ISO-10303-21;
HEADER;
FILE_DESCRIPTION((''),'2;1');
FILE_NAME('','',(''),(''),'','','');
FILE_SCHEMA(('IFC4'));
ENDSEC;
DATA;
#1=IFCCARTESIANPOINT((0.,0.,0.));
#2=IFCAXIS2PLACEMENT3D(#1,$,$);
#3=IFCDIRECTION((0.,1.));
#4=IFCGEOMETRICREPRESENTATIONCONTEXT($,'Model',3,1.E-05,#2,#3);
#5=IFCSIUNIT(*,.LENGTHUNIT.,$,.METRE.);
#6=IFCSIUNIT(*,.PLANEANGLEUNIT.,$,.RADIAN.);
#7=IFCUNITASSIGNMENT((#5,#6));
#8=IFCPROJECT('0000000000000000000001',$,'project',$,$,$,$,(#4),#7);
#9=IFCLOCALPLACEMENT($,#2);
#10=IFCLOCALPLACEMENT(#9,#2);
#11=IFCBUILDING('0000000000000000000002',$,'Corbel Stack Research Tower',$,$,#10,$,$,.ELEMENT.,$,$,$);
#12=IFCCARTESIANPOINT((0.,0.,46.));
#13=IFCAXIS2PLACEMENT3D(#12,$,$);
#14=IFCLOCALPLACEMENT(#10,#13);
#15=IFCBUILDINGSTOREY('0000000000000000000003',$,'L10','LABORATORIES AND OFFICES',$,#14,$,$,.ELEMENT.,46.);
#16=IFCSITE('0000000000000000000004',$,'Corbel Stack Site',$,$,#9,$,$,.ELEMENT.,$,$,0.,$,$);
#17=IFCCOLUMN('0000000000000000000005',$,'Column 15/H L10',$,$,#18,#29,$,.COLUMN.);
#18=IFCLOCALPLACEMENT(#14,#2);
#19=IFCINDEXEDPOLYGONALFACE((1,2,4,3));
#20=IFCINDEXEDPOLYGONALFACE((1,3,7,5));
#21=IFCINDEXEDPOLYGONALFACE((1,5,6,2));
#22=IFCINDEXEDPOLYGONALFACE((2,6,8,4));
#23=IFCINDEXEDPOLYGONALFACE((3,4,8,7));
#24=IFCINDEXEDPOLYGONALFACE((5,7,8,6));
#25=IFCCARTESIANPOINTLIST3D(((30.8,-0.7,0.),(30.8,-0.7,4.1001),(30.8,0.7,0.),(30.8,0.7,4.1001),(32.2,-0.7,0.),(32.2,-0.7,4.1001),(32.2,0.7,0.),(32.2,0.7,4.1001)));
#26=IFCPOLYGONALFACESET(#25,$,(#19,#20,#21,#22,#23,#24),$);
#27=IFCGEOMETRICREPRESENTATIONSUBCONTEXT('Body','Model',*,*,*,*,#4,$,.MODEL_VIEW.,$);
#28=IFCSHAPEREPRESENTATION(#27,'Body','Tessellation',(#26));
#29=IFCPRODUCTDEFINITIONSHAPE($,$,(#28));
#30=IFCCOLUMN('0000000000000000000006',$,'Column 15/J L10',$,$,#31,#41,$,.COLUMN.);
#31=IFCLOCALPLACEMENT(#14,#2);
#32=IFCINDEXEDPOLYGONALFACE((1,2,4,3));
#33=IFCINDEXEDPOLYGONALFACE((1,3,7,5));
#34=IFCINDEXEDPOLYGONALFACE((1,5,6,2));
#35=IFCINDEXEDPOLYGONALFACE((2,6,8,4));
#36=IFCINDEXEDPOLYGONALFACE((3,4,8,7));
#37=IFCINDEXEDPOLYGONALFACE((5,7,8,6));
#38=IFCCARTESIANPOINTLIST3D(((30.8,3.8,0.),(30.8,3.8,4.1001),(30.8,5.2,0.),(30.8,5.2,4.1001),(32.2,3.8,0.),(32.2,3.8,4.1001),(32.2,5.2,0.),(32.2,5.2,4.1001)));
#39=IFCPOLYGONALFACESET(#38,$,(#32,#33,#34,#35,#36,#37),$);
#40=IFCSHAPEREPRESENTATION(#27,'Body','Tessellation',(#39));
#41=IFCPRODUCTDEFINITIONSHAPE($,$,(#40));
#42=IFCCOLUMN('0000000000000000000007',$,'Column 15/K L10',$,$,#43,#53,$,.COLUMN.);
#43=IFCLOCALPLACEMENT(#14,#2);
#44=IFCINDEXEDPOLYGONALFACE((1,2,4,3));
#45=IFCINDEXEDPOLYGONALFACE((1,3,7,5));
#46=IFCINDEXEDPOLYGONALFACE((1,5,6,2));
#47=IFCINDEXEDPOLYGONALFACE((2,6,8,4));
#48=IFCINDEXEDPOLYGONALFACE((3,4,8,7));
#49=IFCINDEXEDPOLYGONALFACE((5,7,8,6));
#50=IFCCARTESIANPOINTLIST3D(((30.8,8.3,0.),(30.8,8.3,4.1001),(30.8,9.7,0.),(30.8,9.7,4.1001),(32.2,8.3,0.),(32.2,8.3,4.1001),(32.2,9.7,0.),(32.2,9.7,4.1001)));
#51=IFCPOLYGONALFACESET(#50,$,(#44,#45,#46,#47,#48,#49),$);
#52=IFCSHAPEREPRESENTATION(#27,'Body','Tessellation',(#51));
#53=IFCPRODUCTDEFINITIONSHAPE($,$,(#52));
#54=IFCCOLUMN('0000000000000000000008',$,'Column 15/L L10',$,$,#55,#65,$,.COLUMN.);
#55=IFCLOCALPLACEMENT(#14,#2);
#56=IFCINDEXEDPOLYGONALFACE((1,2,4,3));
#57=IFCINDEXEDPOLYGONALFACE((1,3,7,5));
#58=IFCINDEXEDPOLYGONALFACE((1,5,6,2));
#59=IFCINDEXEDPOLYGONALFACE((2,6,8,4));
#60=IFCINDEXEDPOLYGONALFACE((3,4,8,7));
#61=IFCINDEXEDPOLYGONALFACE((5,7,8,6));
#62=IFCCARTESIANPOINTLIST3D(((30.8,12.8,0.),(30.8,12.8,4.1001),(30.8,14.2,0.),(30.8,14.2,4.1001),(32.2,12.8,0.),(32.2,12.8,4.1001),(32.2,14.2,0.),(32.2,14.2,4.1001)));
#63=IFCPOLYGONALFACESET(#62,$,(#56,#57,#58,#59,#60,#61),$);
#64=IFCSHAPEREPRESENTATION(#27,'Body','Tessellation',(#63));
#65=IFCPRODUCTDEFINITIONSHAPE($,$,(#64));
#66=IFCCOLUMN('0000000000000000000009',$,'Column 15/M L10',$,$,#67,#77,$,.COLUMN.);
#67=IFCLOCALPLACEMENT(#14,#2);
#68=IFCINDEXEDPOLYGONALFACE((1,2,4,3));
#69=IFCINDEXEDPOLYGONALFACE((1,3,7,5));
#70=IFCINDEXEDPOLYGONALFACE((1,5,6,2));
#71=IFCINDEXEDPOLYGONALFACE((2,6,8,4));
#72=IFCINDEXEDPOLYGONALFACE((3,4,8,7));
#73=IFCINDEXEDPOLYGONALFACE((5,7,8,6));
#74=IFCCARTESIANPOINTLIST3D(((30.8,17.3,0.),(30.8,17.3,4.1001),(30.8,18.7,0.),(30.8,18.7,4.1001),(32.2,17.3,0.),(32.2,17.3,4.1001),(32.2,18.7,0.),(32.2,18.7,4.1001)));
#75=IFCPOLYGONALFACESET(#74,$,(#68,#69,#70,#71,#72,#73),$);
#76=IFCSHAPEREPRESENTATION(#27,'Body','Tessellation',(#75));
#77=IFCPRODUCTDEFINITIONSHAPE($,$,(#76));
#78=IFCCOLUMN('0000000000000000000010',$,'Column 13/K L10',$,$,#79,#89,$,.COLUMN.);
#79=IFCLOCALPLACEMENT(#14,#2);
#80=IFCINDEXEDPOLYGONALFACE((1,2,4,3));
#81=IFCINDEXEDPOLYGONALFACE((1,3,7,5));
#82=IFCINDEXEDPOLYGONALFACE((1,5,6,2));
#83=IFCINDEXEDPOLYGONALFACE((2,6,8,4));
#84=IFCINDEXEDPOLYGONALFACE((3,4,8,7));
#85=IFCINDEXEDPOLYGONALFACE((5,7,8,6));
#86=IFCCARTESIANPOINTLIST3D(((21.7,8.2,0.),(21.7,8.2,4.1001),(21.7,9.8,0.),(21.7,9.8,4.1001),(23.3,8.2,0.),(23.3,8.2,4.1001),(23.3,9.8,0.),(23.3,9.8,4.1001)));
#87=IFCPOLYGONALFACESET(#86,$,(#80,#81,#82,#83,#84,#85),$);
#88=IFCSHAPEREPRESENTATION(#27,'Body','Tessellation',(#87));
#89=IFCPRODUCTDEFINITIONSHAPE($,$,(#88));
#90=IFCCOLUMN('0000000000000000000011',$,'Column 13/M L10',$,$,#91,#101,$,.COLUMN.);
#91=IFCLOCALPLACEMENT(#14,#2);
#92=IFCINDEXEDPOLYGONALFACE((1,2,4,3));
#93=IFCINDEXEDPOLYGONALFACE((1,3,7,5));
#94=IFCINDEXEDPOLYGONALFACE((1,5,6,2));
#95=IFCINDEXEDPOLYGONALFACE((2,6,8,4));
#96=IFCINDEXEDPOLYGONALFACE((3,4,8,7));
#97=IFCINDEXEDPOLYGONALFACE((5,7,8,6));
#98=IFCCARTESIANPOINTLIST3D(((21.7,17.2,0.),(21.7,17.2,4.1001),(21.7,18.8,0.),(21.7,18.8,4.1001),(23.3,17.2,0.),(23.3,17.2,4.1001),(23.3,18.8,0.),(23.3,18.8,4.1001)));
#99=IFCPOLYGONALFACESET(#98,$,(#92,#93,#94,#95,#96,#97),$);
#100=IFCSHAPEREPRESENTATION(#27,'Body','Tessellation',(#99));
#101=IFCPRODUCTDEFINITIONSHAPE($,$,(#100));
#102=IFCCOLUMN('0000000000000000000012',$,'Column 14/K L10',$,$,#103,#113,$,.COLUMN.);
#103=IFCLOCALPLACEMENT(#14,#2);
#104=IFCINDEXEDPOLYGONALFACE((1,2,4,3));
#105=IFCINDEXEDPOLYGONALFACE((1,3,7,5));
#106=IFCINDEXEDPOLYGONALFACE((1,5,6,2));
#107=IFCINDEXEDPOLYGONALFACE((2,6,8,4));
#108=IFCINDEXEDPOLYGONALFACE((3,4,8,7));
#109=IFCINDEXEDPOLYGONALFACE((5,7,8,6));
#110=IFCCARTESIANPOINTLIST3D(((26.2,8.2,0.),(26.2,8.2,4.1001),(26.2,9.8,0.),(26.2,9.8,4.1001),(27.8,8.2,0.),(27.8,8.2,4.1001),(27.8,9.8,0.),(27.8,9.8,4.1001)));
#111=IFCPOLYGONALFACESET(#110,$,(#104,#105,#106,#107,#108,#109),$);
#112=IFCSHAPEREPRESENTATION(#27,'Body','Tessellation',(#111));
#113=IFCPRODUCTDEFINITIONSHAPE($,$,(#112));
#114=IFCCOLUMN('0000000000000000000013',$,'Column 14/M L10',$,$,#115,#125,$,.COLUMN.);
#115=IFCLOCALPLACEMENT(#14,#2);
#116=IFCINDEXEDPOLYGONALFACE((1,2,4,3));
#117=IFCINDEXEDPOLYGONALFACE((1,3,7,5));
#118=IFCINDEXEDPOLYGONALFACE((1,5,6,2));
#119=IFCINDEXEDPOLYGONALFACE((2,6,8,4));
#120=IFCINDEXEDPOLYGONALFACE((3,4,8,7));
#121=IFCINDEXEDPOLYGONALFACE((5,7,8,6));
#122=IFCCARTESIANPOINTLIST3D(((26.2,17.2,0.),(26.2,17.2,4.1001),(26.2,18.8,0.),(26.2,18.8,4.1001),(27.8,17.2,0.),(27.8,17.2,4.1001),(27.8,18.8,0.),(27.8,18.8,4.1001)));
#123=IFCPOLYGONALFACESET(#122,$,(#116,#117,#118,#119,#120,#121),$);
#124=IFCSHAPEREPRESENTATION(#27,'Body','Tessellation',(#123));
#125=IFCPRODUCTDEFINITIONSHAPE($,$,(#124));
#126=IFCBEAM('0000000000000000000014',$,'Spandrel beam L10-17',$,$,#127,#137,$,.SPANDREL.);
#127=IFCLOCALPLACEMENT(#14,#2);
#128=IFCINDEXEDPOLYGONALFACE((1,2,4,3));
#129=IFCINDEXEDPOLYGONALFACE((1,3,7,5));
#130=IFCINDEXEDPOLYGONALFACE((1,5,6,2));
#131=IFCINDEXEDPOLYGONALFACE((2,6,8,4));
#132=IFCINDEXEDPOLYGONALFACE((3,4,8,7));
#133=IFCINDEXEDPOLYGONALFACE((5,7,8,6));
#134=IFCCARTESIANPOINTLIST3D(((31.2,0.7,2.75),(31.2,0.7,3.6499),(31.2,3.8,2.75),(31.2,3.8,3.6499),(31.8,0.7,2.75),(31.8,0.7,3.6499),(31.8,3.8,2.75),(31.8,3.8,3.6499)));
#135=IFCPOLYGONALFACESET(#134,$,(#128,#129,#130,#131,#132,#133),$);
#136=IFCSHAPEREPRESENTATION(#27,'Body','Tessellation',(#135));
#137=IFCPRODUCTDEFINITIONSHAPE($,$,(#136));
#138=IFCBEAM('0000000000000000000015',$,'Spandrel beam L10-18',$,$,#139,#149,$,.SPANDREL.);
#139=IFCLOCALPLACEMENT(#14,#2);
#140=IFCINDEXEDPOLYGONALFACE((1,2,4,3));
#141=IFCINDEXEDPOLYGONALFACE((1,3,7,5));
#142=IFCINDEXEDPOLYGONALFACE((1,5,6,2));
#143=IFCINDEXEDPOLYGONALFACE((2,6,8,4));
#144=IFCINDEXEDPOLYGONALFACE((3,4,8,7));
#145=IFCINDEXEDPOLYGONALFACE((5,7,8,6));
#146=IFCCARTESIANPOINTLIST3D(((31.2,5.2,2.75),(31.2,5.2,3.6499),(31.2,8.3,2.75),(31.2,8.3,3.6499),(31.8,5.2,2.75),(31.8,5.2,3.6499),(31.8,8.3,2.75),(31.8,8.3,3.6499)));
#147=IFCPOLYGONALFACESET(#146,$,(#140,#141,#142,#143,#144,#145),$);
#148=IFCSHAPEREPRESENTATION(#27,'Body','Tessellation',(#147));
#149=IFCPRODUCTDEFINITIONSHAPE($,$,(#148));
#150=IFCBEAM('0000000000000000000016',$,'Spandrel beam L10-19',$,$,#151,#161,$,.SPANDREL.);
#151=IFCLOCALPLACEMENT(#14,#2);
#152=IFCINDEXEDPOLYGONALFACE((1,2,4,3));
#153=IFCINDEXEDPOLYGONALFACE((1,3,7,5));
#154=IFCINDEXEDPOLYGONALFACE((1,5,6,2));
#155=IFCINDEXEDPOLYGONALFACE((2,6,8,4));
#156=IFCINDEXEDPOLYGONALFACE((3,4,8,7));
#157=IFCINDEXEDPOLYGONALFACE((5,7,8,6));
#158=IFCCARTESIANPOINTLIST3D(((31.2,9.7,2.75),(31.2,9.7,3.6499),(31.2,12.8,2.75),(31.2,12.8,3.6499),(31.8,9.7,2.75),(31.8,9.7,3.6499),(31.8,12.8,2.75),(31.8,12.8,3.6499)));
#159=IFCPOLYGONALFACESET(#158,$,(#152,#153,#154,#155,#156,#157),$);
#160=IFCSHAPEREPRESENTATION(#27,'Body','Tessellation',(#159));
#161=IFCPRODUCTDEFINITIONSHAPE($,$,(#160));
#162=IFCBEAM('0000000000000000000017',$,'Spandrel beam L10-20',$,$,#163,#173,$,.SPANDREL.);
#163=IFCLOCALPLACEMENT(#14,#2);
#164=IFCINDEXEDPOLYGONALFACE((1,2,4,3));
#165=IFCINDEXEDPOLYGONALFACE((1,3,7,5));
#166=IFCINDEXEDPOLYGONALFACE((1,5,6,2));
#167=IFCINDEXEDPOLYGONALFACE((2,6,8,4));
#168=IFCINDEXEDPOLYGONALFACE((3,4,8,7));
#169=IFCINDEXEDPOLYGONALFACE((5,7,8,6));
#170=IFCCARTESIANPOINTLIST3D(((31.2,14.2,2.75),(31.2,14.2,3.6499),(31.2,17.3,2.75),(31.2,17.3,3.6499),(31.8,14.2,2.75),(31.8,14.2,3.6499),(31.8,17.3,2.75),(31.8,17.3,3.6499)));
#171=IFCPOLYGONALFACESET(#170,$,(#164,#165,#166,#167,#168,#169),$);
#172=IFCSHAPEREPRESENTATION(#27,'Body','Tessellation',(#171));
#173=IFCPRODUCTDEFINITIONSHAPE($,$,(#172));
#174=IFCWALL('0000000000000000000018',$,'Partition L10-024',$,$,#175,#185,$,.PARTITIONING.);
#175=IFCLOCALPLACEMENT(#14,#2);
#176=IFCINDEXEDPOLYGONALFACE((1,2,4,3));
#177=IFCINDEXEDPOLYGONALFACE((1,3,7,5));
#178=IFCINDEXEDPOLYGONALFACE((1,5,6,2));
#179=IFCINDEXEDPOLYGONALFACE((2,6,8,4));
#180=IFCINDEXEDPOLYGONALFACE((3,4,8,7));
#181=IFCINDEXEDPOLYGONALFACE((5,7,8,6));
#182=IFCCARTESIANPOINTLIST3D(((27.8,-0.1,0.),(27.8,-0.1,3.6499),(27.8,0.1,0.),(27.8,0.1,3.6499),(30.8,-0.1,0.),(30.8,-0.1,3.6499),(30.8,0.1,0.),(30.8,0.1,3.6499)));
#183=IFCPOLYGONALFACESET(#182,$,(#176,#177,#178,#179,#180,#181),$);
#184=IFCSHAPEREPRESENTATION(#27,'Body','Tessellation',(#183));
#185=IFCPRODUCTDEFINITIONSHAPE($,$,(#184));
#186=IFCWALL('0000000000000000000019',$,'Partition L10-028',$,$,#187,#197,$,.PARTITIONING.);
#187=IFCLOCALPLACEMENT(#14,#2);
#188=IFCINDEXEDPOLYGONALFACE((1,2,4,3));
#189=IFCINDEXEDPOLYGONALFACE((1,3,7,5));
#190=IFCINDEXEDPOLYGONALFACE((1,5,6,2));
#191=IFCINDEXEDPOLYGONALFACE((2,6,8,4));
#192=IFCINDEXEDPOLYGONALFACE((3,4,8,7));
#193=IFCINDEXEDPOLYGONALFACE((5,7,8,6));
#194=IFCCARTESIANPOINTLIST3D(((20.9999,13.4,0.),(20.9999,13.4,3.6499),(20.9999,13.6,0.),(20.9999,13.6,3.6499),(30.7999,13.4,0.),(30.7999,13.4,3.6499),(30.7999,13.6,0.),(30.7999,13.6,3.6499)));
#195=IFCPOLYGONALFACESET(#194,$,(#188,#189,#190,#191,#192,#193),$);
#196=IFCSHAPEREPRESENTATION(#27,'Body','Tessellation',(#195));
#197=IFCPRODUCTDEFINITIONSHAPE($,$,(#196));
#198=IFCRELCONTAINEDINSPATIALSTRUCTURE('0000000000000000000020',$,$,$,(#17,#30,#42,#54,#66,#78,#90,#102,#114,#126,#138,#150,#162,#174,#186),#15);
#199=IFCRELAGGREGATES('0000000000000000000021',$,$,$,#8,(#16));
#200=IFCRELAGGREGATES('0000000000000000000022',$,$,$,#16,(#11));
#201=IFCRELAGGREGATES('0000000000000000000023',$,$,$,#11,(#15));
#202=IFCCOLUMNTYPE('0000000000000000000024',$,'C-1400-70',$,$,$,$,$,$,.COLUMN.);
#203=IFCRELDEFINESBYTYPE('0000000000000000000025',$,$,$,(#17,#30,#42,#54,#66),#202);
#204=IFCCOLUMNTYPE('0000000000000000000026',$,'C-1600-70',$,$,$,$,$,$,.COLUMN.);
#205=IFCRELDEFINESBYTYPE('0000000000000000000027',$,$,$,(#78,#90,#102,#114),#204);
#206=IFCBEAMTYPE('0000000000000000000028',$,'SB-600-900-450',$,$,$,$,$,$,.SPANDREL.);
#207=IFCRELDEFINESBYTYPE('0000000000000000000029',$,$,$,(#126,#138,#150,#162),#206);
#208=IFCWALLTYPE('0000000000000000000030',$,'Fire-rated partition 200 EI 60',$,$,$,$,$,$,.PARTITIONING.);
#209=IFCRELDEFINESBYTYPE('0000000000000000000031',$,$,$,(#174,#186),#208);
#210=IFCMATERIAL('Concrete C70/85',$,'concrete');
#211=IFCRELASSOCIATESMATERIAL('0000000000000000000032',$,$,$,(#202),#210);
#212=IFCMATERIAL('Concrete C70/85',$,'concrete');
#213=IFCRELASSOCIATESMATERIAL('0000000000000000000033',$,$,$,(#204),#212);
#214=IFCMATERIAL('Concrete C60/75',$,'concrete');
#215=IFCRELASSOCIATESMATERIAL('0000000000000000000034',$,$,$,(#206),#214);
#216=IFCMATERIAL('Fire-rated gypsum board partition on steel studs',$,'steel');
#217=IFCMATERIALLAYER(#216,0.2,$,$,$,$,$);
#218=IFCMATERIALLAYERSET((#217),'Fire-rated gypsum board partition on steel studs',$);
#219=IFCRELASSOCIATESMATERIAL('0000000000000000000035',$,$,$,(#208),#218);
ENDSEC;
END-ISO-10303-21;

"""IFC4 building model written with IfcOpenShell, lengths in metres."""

from ifc_helpers import new_model, si_unit, direction, frame, frame_2d, origin, origin_2d, place, context, subcontext, project, spatial, rectangle, extrude, material, layer, layer_set, material_profile, profile_set, type_object, element, save


model = new_model("IFC4")

# Units and contexts
model_context = context("Model", 3, precision=1e-05, world=origin(), true_north=direction((0.0, 1.0)))
body_context = subcontext(model_context, "Body", "Model", "MODEL_VIEW")
ifc_project = project(units=[si_unit("LENGTHUNIT", "METRE"), si_unit("PLANEANGLEUNIT", "RADIAN")], contexts=[model_context])

# Site, building, storey
site_placement = place(None, origin())
site = spatial("IfcSite", under=ifc_project, at=site_placement, Name="Corbel Stack Site", CompositionType="ELEMENT", RefElevation=0.0)
building_placement = place(site_placement, origin())
building = spatial("IfcBuilding", under=site, at=building_placement, Name="Corbel Stack Research Tower", CompositionType="ELEMENT")
storey_placement = place(building_placement, frame((0.0, 0.0, 46.0)))
storey = spatial("IfcBuildingStorey", under=building, at=storey_placement, Name="L10", Description="LABORATORIES AND OFFICES", CompositionType="ELEMENT", Elevation=46.0)

# Columns
ifc_material_1 = material(Name="Concrete C70/85", Category="concrete")
ifc_material_profile_1 = material_profile(ifc_material_1, rectangle(XDim=1.3999, YDim=1.3999, at=origin_2d()), Name="RC 1400 x 1400")
ifc_profile_set_1 = profile_set([ifc_material_profile_1], Name="Concrete C70/85")
column_type_1 = type_object("IfcColumnType", Name="C-1400-70", PredefinedType="COLUMN", material=ifc_profile_set_1)
for number, where, z_axis, x_axis, name in (
    (1, (31.5, 0.0, 0.0), (0.0, 0.0, 1.0), (1.0, 0.0, 0.0), "Column 15/H L10"),
    (2, (31.5, 4.5, 0.0), (0.0, 0.0, 1.0), (1.0, 0.0, 0.0), "Column 15/J L10"),
    (3, (31.5, 9.0, 0.0), (0.0, 0.0, 1.0), (1.0, 0.0, 0.0), "Column 15/K L10"),
    (4, (31.5, 13.5, 0.0), (0.0, 0.0, 1.0), (1.0, 0.0, 0.0), "Column 15/L L10"),
    (5, (31.5, 18.0, 0.0), (0.0, 0.0, 1.0), (1.0, 0.0, 0.0), "Column 15/M L10"),
):
    element("IfcColumn", number, at=place(storey_placement, frame(where, z_axis=z_axis, x_axis=x_axis)), inside=storey, type_object=column_type_1, Name=name, PredefinedType="COLUMN", context=body_context, shape_type="SweptSolid", body=[
        extrude(rectangle(XDim=1.3999, YDim=1.3999, at=origin_2d()), origin(), (0.0, 0.0, 1.0), 4.1001),
    ])
ifc_material_2 = material(Name="Concrete C70/85", Category="concrete")
ifc_material_profile_2 = material_profile(ifc_material_2, rectangle(XDim=1.6001, YDim=1.6001, at=origin_2d()), Name="RC 1600 x 1600")
ifc_profile_set_2 = profile_set([ifc_material_profile_2], Name="Concrete C70/85")
column_type_2 = type_object("IfcColumnType", Name="C-1600-70", PredefinedType="COLUMN", material=ifc_profile_set_2)
for number, where, z_axis, x_axis, name in (
    (6, (22.5, 9.0, 0.0), (0.0, 0.0, 1.0), (1.0, 0.0, 0.0), "Column 13/K L10"),
    (7, (22.5, 18.0, 0.0), (0.0, 0.0, 1.0), (1.0, 0.0, 0.0), "Column 13/M L10"),
    (8, (27.0, 9.0, 0.0), (0.0, 0.0, 1.0), (1.0, 0.0, 0.0), "Column 14/K L10"),
    (9, (27.0, 18.0, 0.0), (0.0, 0.0, 1.0), (1.0, 0.0, 0.0), "Column 14/M L10"),
):
    element("IfcColumn", number, at=place(storey_placement, frame(where, z_axis=z_axis, x_axis=x_axis)), inside=storey, type_object=column_type_2, Name=name, PredefinedType="COLUMN", context=body_context, shape_type="SweptSolid", body=[
        extrude(rectangle(XDim=1.6001, YDim=1.6001, at=origin_2d()), origin(), (0.0, 0.0, 1.0), 4.1001),
    ])

# Beams
ifc_material_3 = material(Name="Concrete C60/75", Category="concrete")
ifc_material_profile_3 = material_profile(ifc_material_3, rectangle(XDim=0.6001, YDim=0.8999, at=origin_2d()), Name="RC 600 x 900")
ifc_profile_set_3 = profile_set([ifc_material_profile_3], Name="Concrete C60/75")
beam_type = type_object("IfcBeamType", Name="SB-600-900-450", PredefinedType="SPANDREL", material=ifc_profile_set_3)
for number, where, z_axis, x_axis, name in (
    (10, (31.5, 0.7, 3.2), (0.0, 1.0, 0.0), (-1.0, 0.0, 0.0), "Spandrel beam L10-17"),
    (11, (31.5, 5.2, 3.2), (0.0, 1.0, 0.0), (-1.0, 0.0, 0.0), "Spandrel beam L10-18"),
    (12, (31.5, 9.7, 3.2), (0.0, 1.0, 0.0), (-1.0, 0.0, 0.0), "Spandrel beam L10-19"),
    (13, (31.5, 14.2, 3.2), (0.0, 1.0, 0.0), (-1.0, 0.0, 0.0), "Spandrel beam L10-20"),
):
    element("IfcBeam", number, at=place(storey_placement, frame(where, z_axis=z_axis, x_axis=x_axis)), inside=storey, type_object=beam_type, Name=name, PredefinedType="SPANDREL", context=body_context, shape_type="SweptSolid", body=[
        extrude(rectangle(XDim=0.6001, YDim=0.8999, at=origin_2d()), origin(), (0.0, 0.0, 1.0), 3.1001),
    ])

# Walls
ifc_material_4 = material(Name="Fire-rated gypsum board partition on steel studs", Category="steel")
ifc_layer_1 = layer(ifc_material_4, 0.2)
ifc_layer_set_1 = layer_set([ifc_layer_1], Name="Fire-rated gypsum board partition on steel studs")
wall_type_1 = type_object("IfcWallType", Name="Fire-rated partition 200 EI 60", PredefinedType="PARTITIONING", material=ifc_layer_set_1)
wall_1_placement = place(storey_placement, frame((27.8, 0.0, 0.0), z_axis=(0.0, 0.0, 1.0), x_axis=(1.0, 0.0, 0.0)))
element("IfcWall", 14, at=wall_1_placement, inside=storey, type_object=wall_type_1, Name="Partition L10-024", PredefinedType="PARTITIONING", context=body_context, shape_type="SweptSolid", body=[
    extrude(rectangle(XDim=3.0, YDim=0.2, at=frame_2d((1.5, 0.0))), origin(), (0.0, 0.0, 1.0), 3.6499),
])
wall_2_placement = place(storey_placement, frame((21.0, 13.5, 0.0), z_axis=(0.0, 0.0, 1.0), x_axis=(1.0, 0.0, 0.0)))
element("IfcWall", 15, at=wall_2_placement, inside=storey, type_object=wall_type_1, Name="Partition L10-028", PredefinedType="PARTITIONING", context=body_context, shape_type="SweptSolid", body=[
    extrude(rectangle(XDim=9.8, YDim=0.2, at=frame_2d((4.8999, 0.0))), origin(), (0.0, 0.0, 1.0), 3.6499),
])

save(model, "model.ifc")
